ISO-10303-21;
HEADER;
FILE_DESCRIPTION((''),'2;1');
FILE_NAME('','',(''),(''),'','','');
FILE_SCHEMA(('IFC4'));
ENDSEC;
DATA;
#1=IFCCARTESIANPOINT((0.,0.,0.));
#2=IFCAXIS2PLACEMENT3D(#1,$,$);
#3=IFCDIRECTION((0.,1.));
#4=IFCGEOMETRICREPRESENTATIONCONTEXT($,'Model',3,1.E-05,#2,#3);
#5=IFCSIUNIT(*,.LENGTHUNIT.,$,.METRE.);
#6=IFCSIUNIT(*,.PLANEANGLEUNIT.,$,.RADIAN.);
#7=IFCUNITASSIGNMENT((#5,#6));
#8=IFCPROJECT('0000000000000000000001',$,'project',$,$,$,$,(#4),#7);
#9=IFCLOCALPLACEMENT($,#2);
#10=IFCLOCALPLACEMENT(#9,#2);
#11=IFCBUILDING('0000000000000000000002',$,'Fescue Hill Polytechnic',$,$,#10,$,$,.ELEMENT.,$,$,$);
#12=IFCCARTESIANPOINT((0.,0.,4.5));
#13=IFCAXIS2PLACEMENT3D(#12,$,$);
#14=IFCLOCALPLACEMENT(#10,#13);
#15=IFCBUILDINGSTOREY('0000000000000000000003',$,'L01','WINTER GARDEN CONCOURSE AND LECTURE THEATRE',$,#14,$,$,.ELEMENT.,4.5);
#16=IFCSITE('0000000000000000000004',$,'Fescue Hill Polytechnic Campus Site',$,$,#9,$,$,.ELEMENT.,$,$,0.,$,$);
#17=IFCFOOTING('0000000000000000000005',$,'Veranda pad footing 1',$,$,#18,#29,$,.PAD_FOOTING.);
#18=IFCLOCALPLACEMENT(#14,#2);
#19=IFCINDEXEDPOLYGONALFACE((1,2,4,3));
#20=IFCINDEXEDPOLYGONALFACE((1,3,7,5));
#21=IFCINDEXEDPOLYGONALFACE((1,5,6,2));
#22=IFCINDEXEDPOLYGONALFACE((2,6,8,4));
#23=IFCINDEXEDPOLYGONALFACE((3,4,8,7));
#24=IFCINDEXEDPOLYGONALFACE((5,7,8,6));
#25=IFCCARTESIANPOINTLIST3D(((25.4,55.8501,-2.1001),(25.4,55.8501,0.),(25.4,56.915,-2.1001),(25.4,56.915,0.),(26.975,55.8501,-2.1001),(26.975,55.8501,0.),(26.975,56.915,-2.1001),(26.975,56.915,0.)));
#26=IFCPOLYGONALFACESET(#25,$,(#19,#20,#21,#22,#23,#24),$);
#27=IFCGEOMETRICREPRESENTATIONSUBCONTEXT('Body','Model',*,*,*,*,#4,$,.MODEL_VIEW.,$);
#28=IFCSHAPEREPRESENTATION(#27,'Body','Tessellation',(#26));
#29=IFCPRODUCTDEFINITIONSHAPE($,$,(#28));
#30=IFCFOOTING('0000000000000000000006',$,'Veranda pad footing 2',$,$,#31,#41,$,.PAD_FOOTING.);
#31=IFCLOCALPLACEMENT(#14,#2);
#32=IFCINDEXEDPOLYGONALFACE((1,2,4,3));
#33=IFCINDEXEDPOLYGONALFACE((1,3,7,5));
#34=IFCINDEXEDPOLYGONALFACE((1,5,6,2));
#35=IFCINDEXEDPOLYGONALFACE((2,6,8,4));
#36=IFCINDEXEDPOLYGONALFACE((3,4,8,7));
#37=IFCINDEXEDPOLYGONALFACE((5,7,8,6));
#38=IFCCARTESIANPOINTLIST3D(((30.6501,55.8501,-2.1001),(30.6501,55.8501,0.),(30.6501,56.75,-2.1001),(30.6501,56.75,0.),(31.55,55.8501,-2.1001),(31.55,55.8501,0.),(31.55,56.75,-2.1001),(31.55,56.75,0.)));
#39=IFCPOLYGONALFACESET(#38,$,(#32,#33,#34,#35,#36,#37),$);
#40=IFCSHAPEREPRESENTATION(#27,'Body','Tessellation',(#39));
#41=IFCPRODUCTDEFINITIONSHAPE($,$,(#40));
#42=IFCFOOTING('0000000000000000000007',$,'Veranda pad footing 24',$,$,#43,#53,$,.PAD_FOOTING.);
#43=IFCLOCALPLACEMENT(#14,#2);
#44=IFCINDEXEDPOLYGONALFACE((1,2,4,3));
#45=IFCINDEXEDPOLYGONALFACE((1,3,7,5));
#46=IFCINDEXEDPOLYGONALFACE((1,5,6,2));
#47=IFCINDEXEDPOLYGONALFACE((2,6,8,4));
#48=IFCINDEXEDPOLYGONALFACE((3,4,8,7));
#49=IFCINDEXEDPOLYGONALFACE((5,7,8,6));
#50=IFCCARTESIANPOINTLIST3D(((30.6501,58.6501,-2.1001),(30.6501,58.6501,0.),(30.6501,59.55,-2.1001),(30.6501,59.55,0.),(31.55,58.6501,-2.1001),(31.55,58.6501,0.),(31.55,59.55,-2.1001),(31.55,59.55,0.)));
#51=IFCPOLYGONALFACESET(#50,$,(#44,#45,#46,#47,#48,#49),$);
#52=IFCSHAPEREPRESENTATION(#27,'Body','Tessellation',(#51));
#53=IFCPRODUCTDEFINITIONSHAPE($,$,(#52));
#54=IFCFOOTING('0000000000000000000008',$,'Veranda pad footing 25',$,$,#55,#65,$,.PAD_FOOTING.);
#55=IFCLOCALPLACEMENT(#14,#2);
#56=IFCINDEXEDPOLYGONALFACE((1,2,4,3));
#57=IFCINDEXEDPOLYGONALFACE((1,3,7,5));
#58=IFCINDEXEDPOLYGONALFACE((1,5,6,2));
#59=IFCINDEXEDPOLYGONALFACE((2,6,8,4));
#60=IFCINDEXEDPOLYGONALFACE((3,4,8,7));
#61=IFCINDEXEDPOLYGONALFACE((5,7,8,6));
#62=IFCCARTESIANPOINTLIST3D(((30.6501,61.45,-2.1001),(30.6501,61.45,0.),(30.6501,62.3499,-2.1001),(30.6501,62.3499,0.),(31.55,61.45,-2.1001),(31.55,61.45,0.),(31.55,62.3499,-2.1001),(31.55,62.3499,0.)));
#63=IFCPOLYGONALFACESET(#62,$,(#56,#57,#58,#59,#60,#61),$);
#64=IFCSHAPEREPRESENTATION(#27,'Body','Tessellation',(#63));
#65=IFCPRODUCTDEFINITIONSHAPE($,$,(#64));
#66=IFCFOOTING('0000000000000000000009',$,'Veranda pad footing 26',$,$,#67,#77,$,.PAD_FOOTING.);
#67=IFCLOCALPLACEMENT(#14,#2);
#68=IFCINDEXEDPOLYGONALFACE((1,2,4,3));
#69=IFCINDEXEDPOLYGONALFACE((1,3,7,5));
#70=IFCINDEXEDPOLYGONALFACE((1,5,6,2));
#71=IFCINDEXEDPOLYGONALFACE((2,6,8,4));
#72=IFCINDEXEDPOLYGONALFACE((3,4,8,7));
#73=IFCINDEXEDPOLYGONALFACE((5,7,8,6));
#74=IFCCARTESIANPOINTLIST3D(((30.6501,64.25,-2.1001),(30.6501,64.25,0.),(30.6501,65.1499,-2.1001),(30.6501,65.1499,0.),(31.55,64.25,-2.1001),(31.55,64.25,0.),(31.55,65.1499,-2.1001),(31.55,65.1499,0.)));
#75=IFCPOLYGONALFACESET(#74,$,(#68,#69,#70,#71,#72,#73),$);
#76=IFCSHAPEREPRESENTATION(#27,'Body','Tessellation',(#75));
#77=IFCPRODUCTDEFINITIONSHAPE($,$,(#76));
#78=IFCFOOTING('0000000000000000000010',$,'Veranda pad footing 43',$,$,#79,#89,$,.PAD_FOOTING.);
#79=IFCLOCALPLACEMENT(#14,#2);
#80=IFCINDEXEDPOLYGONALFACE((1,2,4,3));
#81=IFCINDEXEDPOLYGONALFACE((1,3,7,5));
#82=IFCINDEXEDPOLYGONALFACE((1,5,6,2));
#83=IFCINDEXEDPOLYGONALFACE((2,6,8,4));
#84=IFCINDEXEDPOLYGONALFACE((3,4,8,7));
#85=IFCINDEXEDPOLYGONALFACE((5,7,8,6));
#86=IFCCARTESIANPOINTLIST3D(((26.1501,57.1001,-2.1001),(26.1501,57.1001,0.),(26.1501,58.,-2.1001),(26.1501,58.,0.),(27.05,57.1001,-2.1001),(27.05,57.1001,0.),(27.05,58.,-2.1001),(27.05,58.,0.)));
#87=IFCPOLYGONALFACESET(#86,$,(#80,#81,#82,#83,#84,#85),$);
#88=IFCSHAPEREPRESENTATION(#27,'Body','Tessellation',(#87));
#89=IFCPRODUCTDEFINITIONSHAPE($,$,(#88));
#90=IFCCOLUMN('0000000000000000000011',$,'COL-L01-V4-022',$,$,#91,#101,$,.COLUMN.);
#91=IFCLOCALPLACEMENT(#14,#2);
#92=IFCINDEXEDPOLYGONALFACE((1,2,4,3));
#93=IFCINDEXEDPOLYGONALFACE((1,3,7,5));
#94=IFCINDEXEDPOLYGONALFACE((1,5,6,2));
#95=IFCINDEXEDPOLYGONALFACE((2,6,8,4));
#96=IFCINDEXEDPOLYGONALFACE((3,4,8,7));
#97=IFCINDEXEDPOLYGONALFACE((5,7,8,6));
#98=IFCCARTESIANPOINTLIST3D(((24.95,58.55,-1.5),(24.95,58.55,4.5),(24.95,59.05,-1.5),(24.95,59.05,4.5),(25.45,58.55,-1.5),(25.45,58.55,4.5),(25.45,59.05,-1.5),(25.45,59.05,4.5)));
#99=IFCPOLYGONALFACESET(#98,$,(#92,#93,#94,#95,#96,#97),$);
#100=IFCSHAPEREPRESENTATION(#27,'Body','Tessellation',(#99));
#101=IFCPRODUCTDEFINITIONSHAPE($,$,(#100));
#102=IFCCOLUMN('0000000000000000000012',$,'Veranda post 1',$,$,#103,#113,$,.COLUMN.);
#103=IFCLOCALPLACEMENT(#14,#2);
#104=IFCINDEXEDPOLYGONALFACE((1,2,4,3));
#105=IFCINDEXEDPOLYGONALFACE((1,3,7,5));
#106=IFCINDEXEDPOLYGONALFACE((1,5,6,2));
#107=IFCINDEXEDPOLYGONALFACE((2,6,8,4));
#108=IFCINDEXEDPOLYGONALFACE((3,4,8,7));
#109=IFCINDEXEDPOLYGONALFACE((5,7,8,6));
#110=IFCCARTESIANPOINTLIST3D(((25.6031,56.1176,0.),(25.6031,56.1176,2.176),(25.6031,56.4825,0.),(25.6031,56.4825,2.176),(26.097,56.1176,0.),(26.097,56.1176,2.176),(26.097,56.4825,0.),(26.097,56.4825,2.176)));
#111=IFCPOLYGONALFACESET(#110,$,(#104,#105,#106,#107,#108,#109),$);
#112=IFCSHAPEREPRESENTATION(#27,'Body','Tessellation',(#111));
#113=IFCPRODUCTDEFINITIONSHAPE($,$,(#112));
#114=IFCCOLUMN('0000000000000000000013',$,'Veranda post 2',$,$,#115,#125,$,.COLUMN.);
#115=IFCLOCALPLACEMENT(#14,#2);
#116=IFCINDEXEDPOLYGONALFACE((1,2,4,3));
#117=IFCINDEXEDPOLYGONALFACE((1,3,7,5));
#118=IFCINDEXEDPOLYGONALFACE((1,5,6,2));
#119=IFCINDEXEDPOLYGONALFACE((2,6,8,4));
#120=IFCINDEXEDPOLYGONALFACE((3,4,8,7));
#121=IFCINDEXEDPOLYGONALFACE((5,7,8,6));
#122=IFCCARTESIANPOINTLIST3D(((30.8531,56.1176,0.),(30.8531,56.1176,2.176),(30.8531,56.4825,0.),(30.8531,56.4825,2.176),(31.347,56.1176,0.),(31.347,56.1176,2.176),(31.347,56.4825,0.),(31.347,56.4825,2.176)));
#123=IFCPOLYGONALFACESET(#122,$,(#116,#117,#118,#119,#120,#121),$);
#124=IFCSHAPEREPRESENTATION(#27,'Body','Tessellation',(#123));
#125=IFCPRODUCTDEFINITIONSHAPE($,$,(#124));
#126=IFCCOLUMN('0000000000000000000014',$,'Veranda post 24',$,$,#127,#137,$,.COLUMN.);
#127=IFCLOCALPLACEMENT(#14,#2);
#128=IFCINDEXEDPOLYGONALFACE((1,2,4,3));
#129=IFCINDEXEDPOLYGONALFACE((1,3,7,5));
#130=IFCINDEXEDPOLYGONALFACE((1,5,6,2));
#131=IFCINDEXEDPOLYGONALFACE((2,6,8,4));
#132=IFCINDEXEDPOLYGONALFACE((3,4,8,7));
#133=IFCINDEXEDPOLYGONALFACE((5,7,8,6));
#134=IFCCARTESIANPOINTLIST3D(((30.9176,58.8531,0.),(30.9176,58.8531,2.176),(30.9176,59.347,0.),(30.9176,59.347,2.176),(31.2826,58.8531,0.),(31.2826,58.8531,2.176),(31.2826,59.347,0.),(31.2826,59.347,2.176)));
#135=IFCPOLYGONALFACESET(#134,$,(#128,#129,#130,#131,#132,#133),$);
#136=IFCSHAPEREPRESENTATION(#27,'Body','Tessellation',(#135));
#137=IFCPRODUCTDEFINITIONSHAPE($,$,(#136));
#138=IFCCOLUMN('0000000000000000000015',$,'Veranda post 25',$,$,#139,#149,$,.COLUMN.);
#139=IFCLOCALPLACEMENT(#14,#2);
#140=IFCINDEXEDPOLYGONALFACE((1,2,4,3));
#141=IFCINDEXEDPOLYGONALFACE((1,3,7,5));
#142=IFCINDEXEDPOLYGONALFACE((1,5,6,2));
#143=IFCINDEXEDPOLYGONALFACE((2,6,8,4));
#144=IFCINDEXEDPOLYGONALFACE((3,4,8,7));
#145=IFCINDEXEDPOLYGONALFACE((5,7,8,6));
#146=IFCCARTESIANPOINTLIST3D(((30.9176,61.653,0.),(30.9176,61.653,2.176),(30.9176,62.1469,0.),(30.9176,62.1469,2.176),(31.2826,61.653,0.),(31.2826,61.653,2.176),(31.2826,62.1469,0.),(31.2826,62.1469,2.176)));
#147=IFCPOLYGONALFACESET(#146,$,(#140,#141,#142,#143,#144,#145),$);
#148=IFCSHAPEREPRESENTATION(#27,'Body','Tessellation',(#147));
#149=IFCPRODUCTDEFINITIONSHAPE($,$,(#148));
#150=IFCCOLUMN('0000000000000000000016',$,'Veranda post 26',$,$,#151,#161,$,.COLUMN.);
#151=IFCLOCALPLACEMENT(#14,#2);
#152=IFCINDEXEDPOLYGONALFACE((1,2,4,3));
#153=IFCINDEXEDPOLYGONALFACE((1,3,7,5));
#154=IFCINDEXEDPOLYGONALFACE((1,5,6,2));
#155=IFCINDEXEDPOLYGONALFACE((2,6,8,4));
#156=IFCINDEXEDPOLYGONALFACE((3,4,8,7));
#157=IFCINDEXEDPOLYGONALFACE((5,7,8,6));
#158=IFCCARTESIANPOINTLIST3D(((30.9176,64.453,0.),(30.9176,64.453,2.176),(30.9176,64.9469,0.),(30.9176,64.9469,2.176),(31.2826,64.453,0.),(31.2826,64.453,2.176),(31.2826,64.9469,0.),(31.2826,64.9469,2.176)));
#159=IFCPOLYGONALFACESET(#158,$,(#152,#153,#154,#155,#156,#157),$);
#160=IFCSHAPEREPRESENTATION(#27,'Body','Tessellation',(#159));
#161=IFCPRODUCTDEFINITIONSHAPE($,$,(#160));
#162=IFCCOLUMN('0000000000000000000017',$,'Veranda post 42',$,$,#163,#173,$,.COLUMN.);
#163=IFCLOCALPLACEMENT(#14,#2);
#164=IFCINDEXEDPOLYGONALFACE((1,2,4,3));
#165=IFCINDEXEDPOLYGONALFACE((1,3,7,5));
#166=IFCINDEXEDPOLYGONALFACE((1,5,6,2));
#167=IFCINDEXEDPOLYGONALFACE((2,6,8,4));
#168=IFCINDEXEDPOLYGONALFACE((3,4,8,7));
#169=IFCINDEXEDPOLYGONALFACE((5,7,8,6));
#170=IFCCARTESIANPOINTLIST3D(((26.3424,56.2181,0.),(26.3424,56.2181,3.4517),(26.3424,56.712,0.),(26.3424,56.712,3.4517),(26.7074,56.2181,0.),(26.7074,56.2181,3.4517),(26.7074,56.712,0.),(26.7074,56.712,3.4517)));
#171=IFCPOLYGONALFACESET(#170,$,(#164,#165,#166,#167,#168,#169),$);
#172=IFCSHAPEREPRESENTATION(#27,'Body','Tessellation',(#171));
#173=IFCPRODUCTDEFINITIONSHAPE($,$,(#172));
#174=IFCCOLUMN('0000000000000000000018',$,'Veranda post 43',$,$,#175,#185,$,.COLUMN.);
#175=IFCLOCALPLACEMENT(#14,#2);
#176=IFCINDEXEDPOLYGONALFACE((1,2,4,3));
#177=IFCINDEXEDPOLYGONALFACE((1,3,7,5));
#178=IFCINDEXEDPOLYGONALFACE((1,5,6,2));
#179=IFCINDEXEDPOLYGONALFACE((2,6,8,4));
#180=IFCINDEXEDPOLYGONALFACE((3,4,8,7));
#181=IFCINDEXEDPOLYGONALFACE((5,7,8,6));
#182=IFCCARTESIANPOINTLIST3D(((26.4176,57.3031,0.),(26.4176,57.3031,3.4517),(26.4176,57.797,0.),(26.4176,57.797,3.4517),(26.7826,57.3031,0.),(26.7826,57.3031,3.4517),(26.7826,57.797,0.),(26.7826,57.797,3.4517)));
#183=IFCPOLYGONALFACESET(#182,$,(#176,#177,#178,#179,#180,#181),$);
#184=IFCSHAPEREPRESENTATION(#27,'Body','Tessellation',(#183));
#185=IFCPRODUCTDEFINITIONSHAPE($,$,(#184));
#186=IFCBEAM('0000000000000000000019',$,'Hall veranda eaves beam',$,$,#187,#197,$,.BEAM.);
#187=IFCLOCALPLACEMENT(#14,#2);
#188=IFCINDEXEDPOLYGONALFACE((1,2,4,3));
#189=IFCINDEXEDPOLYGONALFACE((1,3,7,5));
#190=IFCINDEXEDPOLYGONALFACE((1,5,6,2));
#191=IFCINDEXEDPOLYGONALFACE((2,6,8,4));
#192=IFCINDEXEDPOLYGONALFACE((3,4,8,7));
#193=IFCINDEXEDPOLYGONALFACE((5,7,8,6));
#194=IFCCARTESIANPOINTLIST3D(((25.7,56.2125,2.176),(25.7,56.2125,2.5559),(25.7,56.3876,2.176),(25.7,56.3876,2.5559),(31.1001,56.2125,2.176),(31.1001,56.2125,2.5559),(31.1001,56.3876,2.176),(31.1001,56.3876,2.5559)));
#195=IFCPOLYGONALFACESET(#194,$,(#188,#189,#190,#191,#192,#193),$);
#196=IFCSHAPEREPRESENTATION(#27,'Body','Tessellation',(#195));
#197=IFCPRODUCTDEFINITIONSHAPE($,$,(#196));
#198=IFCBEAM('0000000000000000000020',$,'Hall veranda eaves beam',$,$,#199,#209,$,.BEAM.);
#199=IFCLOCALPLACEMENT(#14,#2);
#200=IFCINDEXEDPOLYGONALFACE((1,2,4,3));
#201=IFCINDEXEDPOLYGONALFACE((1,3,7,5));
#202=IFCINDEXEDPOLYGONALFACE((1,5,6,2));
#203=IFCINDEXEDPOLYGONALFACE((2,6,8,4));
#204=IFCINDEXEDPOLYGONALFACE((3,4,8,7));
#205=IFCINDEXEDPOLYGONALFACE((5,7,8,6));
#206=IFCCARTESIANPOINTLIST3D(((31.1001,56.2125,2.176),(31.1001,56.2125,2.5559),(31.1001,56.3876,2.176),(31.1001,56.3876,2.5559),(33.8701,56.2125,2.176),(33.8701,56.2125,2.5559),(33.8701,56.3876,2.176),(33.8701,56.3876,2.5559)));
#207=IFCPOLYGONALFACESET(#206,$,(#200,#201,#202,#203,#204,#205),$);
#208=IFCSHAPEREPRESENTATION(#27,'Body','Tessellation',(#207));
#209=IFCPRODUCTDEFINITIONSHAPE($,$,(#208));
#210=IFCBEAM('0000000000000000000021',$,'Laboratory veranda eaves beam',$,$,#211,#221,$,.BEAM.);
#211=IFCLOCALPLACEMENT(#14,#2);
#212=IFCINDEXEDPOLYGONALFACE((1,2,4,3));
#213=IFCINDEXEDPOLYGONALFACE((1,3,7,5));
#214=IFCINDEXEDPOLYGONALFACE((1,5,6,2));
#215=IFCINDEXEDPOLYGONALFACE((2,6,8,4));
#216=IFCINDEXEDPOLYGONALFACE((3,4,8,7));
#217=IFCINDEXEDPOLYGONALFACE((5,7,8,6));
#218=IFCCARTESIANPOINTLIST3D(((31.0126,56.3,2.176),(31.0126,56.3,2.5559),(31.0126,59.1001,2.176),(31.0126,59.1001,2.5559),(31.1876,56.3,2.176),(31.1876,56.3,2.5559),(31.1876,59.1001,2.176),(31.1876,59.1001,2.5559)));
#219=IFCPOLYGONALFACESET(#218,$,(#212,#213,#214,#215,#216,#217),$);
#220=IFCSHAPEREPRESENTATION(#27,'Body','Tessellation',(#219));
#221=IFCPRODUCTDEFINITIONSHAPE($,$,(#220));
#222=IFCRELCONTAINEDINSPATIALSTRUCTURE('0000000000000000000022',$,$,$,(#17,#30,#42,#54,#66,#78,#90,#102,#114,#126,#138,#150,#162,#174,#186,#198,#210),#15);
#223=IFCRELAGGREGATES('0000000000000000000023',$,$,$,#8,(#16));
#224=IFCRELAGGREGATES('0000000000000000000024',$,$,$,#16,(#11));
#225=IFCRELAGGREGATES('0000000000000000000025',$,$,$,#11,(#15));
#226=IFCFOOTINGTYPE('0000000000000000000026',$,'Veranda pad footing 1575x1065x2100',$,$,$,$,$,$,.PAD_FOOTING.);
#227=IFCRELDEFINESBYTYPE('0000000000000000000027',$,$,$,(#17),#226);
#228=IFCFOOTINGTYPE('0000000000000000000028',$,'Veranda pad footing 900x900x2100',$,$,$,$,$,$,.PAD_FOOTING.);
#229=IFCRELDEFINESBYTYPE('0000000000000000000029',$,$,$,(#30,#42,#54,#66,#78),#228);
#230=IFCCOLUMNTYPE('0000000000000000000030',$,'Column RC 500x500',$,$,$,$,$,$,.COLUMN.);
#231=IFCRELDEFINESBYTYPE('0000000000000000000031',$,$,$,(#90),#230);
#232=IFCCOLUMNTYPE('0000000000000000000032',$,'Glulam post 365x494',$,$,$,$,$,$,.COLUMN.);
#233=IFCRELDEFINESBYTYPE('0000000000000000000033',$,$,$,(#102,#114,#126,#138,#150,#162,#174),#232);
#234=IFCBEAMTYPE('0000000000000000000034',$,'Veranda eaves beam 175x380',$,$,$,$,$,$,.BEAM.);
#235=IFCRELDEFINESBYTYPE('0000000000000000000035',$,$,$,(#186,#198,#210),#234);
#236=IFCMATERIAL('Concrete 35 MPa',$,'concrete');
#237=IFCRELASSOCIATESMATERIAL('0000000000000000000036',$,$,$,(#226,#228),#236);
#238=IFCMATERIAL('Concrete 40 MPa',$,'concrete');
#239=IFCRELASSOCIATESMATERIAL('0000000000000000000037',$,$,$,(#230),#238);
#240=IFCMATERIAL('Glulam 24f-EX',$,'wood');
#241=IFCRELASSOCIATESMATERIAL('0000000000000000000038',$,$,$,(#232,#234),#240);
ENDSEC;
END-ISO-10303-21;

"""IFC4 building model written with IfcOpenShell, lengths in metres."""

from ifc_helpers import new_model, si_unit, direction, frame, origin, origin_2d, place, context, subcontext, project, spatial, rectangle, extrude, material, material_profile, profile_set, type_object, element, save


model = new_model("IFC4")

# Units and contexts
model_context = context("Model", 3, precision=1e-05, world=origin(), true_north=direction((0.0, 1.0)))
body_context = subcontext(model_context, "Body", "Model", "MODEL_VIEW")
ifc_project = project(units=[si_unit("LENGTHUNIT", "METRE"), si_unit("PLANEANGLEUNIT", "RADIAN")], contexts=[model_context])

# Site, building, storey
site_placement = place(None, origin())
site = spatial("IfcSite", under=ifc_project, at=site_placement, Name="Fescue Hill Polytechnic Campus Site", CompositionType="ELEMENT", RefElevation=0.0)
building_placement = place(site_placement, origin())
building = spatial("IfcBuilding", under=site, at=building_placement, Name="Fescue Hill Polytechnic", CompositionType="ELEMENT")
storey_placement = place(building_placement, frame((0.0, 0.0, 4.5)))
storey = spatial("IfcBuildingStorey", under=building, at=storey_placement, Name="L01", Description="WINTER GARDEN CONCOURSE AND LECTURE THEATRE", CompositionType="ELEMENT", Elevation=4.5)

# Footings
ifc_material_1 = material(Name="Concrete 35 MPa", Category="concrete")
footing_type_1 = type_object("IfcFootingType", Name="Veranda pad footing 1575x1065x2100", PredefinedType="PAD_FOOTING", material=ifc_material_1)
footing_placement = place(storey_placement, frame((26.1875, 56.3826, -2.1001), z_axis=(0.0, 0.0, 1.0), x_axis=(1.0, 0.0, 0.0)))
element("IfcFooting", 1, at=footing_placement, inside=storey, type_object=footing_type_1, Name="Veranda pad footing 1", PredefinedType="PAD_FOOTING", context=body_context, shape_type="SweptSolid", body=[
    extrude(rectangle(XDim=1.575, YDim=1.0649, at=origin_2d()), origin(), (0.0, 0.0, 1.0), 2.1001),
])
footing_type_2 = type_object("IfcFootingType", Name="Veranda pad footing 900x900x2100", PredefinedType="PAD_FOOTING", material=ifc_material_1)
for number, where, z_axis, x_axis, name in (
    (2, (31.1001, 56.3, -2.1001), (0.0, 0.0, 1.0), (1.0, 0.0, 0.0), "Veranda pad footing 2"),
    (3, (31.1001, 59.1001, -2.1001), (0.0, 0.0, 1.0), (1.0, 0.0, 0.0), "Veranda pad footing 24"),
    (4, (31.1001, 61.8999, -2.1001), (0.0, 0.0, 1.0), (1.0, 0.0, 0.0), "Veranda pad footing 25"),
    (5, (31.1001, 64.7, -2.1001), (0.0, 0.0, 1.0), (1.0, 0.0, 0.0), "Veranda pad footing 26"),
    (6, (26.6001, 57.55, -2.1001), (0.0, 0.0, 1.0), (1.0, 0.0, 0.0), "Veranda pad footing 43"),
):
    element("IfcFooting", number, at=place(storey_placement, frame(where, z_axis=z_axis, x_axis=x_axis)), inside=storey, type_object=footing_type_2, Name=name, PredefinedType="PAD_FOOTING", context=body_context, shape_type="SweptSolid", body=[
        extrude(rectangle(XDim=0.8999, YDim=0.8999, at=origin_2d()), origin(), (0.0, 0.0, 1.0), 2.1001),
    ])

# Columns
ifc_material_2 = material(Name="Concrete 40 MPa", Category="concrete")
ifc_material_profile_1 = material_profile(ifc_material_2, rectangle(XDim=0.5, YDim=0.5, at=origin_2d()), Name="RC 500x500")
ifc_profile_set_1 = profile_set([ifc_material_profile_1], Name="Concrete 40 MPa")
column_type_1 = type_object("IfcColumnType", Name="Column RC 500x500", PredefinedType="COLUMN", material=ifc_profile_set_1)
column_placement = place(storey_placement, frame((25.2, 58.8, -1.5), z_axis=(0.0, 0.0, 1.0), x_axis=(1.0, 0.0, 0.0)))
element("IfcColumn", 7, at=column_placement, inside=storey, type_object=column_type_1, Name="COL-L01-V4-022", PredefinedType="COLUMN", context=body_context, shape_type="SweptSolid", body=[
    extrude(rectangle(XDim=0.5, YDim=0.5, at=origin_2d()), origin(), (0.0, 0.0, 1.0), 6.0),
])
ifc_material_3 = material(Name="Glulam 24f-EX", Category="wood")
ifc_material_profile_2 = material_profile(ifc_material_3, rectangle(XDim=0.365, YDim=0.4939, at=origin_2d()), Name="Glulam post 365x494")
ifc_profile_set_2 = profile_set([ifc_material_profile_2], Name="Glulam 24f-EX")
column_type_2 = type_object("IfcColumnType", Name="Glulam post 365x494", PredefinedType="COLUMN", material=ifc_profile_set_2)
for number, where, z_axis, x_axis, name in (
    (8, (25.8501, 56.3, 0.0), (0.0, 0.0, 1.0), (0.0, 1.0, 0.0), "Veranda post 1"),
    (9, (31.1001, 56.3, 0.0), (0.0, 0.0, 1.0), (0.0, 1.0, 0.0), "Veranda post 2"),
    (10, (31.1001, 59.1001, 0.0), (0.0, 0.0, 1.0), (1.0, 0.0, 0.0), "Veranda post 24"),
    (11, (31.1001, 61.8999, 0.0), (0.0, 0.0, 1.0), (1.0, 0.0, 0.0), "Veranda post 25"),
    (12, (31.1001, 64.7, 0.0), (0.0, 0.0, 1.0), (1.0, 0.0, 0.0), "Veranda post 26"),
):
    element("IfcColumn", number, at=place(storey_placement, frame(where, z_axis=z_axis, x_axis=x_axis)), inside=storey, type_object=column_type_2, Name=name, PredefinedType="COLUMN", context=body_context, shape_type="SweptSolid", body=[
        extrude(rectangle(XDim=0.365, YDim=0.4939, at=origin_2d()), origin(), (0.0, 0.0, 1.0), 2.176),
    ])
for number, where, z_axis, x_axis, name in (
    (13, (26.5249, 56.4651, 0.0), (0.0, 0.0, 1.0), (1.0, 0.0, 0.0), "Veranda post 42"),
    (14, (26.6001, 57.55, 0.0), (0.0, 0.0, 1.0), (1.0, 0.0, 0.0), "Veranda post 43"),
):
    element("IfcColumn", number, at=place(storey_placement, frame(where, z_axis=z_axis, x_axis=x_axis)), inside=storey, type_object=column_type_2, Name=name, PredefinedType="COLUMN", context=body_context, shape_type="SweptSolid", body=[
        extrude(rectangle(XDim=0.365, YDim=0.4939, at=origin_2d()), origin(), (0.0, 0.0, 1.0), 3.4517),
    ])

# Beams
ifc_material_profile_3 = material_profile(ifc_material_3, rectangle(XDim=0.175, YDim=0.3799, at=origin_2d()), Name="Veranda eaves beam 175x380")
ifc_profile_set_3 = profile_set([ifc_material_profile_3], Name="Glulam 24f-EX")
beam_type = type_object("IfcBeamType", Name="Veranda eaves beam 175x380", PredefinedType="BEAM", material=ifc_profile_set_3)
beam_1_placement = place(storey_placement, frame((25.7, 56.3, 2.366), z_axis=(1.0, 0.0, 0.0), x_axis=(0.0, 1.0, 0.0)))
element("IfcBeam", 15, at=beam_1_placement, inside=storey, type_object=beam_type, Name="Hall veranda eaves beam", PredefinedType="BEAM", context=body_context, shape_type="SweptSolid", body=[
    extrude(rectangle(XDim=0.175, YDim=0.3799, at=origin_2d()), origin(), (0.0, 0.0, 1.0), 5.4001),
])
beam_2_placement = place(storey_placement, frame((31.1001, 56.3, 2.366), z_axis=(1.0, 0.0, 0.0), x_axis=(0.0, 1.0, 0.0)))
element("IfcBeam", 16, at=beam_2_placement, inside=storey, type_object=beam_type, Name="Hall veranda eaves beam", PredefinedType="BEAM", context=body_context, shape_type="SweptSolid", body=[
    extrude(rectangle(XDim=0.175, YDim=0.3799, at=origin_2d()), origin(), (0.0, 0.0, 1.0), 2.77),
])
beam_3_placement = place(storey_placement, frame((31.1001, 56.3, 2.366), z_axis=(0.0, 1.0, 0.0), x_axis=(-1.0, 0.0, 0.0)))
element("IfcBeam", 17, at=beam_3_placement, inside=storey, type_object=beam_type, Name="Laboratory veranda eaves beam", PredefinedType="BEAM", context=body_context, shape_type="SweptSolid", body=[
    extrude(rectangle(XDim=0.175, YDim=0.3799, at=origin_2d()), origin(), (0.0, 0.0, 1.0), 2.8),
])

save(model, "model.ifc")
